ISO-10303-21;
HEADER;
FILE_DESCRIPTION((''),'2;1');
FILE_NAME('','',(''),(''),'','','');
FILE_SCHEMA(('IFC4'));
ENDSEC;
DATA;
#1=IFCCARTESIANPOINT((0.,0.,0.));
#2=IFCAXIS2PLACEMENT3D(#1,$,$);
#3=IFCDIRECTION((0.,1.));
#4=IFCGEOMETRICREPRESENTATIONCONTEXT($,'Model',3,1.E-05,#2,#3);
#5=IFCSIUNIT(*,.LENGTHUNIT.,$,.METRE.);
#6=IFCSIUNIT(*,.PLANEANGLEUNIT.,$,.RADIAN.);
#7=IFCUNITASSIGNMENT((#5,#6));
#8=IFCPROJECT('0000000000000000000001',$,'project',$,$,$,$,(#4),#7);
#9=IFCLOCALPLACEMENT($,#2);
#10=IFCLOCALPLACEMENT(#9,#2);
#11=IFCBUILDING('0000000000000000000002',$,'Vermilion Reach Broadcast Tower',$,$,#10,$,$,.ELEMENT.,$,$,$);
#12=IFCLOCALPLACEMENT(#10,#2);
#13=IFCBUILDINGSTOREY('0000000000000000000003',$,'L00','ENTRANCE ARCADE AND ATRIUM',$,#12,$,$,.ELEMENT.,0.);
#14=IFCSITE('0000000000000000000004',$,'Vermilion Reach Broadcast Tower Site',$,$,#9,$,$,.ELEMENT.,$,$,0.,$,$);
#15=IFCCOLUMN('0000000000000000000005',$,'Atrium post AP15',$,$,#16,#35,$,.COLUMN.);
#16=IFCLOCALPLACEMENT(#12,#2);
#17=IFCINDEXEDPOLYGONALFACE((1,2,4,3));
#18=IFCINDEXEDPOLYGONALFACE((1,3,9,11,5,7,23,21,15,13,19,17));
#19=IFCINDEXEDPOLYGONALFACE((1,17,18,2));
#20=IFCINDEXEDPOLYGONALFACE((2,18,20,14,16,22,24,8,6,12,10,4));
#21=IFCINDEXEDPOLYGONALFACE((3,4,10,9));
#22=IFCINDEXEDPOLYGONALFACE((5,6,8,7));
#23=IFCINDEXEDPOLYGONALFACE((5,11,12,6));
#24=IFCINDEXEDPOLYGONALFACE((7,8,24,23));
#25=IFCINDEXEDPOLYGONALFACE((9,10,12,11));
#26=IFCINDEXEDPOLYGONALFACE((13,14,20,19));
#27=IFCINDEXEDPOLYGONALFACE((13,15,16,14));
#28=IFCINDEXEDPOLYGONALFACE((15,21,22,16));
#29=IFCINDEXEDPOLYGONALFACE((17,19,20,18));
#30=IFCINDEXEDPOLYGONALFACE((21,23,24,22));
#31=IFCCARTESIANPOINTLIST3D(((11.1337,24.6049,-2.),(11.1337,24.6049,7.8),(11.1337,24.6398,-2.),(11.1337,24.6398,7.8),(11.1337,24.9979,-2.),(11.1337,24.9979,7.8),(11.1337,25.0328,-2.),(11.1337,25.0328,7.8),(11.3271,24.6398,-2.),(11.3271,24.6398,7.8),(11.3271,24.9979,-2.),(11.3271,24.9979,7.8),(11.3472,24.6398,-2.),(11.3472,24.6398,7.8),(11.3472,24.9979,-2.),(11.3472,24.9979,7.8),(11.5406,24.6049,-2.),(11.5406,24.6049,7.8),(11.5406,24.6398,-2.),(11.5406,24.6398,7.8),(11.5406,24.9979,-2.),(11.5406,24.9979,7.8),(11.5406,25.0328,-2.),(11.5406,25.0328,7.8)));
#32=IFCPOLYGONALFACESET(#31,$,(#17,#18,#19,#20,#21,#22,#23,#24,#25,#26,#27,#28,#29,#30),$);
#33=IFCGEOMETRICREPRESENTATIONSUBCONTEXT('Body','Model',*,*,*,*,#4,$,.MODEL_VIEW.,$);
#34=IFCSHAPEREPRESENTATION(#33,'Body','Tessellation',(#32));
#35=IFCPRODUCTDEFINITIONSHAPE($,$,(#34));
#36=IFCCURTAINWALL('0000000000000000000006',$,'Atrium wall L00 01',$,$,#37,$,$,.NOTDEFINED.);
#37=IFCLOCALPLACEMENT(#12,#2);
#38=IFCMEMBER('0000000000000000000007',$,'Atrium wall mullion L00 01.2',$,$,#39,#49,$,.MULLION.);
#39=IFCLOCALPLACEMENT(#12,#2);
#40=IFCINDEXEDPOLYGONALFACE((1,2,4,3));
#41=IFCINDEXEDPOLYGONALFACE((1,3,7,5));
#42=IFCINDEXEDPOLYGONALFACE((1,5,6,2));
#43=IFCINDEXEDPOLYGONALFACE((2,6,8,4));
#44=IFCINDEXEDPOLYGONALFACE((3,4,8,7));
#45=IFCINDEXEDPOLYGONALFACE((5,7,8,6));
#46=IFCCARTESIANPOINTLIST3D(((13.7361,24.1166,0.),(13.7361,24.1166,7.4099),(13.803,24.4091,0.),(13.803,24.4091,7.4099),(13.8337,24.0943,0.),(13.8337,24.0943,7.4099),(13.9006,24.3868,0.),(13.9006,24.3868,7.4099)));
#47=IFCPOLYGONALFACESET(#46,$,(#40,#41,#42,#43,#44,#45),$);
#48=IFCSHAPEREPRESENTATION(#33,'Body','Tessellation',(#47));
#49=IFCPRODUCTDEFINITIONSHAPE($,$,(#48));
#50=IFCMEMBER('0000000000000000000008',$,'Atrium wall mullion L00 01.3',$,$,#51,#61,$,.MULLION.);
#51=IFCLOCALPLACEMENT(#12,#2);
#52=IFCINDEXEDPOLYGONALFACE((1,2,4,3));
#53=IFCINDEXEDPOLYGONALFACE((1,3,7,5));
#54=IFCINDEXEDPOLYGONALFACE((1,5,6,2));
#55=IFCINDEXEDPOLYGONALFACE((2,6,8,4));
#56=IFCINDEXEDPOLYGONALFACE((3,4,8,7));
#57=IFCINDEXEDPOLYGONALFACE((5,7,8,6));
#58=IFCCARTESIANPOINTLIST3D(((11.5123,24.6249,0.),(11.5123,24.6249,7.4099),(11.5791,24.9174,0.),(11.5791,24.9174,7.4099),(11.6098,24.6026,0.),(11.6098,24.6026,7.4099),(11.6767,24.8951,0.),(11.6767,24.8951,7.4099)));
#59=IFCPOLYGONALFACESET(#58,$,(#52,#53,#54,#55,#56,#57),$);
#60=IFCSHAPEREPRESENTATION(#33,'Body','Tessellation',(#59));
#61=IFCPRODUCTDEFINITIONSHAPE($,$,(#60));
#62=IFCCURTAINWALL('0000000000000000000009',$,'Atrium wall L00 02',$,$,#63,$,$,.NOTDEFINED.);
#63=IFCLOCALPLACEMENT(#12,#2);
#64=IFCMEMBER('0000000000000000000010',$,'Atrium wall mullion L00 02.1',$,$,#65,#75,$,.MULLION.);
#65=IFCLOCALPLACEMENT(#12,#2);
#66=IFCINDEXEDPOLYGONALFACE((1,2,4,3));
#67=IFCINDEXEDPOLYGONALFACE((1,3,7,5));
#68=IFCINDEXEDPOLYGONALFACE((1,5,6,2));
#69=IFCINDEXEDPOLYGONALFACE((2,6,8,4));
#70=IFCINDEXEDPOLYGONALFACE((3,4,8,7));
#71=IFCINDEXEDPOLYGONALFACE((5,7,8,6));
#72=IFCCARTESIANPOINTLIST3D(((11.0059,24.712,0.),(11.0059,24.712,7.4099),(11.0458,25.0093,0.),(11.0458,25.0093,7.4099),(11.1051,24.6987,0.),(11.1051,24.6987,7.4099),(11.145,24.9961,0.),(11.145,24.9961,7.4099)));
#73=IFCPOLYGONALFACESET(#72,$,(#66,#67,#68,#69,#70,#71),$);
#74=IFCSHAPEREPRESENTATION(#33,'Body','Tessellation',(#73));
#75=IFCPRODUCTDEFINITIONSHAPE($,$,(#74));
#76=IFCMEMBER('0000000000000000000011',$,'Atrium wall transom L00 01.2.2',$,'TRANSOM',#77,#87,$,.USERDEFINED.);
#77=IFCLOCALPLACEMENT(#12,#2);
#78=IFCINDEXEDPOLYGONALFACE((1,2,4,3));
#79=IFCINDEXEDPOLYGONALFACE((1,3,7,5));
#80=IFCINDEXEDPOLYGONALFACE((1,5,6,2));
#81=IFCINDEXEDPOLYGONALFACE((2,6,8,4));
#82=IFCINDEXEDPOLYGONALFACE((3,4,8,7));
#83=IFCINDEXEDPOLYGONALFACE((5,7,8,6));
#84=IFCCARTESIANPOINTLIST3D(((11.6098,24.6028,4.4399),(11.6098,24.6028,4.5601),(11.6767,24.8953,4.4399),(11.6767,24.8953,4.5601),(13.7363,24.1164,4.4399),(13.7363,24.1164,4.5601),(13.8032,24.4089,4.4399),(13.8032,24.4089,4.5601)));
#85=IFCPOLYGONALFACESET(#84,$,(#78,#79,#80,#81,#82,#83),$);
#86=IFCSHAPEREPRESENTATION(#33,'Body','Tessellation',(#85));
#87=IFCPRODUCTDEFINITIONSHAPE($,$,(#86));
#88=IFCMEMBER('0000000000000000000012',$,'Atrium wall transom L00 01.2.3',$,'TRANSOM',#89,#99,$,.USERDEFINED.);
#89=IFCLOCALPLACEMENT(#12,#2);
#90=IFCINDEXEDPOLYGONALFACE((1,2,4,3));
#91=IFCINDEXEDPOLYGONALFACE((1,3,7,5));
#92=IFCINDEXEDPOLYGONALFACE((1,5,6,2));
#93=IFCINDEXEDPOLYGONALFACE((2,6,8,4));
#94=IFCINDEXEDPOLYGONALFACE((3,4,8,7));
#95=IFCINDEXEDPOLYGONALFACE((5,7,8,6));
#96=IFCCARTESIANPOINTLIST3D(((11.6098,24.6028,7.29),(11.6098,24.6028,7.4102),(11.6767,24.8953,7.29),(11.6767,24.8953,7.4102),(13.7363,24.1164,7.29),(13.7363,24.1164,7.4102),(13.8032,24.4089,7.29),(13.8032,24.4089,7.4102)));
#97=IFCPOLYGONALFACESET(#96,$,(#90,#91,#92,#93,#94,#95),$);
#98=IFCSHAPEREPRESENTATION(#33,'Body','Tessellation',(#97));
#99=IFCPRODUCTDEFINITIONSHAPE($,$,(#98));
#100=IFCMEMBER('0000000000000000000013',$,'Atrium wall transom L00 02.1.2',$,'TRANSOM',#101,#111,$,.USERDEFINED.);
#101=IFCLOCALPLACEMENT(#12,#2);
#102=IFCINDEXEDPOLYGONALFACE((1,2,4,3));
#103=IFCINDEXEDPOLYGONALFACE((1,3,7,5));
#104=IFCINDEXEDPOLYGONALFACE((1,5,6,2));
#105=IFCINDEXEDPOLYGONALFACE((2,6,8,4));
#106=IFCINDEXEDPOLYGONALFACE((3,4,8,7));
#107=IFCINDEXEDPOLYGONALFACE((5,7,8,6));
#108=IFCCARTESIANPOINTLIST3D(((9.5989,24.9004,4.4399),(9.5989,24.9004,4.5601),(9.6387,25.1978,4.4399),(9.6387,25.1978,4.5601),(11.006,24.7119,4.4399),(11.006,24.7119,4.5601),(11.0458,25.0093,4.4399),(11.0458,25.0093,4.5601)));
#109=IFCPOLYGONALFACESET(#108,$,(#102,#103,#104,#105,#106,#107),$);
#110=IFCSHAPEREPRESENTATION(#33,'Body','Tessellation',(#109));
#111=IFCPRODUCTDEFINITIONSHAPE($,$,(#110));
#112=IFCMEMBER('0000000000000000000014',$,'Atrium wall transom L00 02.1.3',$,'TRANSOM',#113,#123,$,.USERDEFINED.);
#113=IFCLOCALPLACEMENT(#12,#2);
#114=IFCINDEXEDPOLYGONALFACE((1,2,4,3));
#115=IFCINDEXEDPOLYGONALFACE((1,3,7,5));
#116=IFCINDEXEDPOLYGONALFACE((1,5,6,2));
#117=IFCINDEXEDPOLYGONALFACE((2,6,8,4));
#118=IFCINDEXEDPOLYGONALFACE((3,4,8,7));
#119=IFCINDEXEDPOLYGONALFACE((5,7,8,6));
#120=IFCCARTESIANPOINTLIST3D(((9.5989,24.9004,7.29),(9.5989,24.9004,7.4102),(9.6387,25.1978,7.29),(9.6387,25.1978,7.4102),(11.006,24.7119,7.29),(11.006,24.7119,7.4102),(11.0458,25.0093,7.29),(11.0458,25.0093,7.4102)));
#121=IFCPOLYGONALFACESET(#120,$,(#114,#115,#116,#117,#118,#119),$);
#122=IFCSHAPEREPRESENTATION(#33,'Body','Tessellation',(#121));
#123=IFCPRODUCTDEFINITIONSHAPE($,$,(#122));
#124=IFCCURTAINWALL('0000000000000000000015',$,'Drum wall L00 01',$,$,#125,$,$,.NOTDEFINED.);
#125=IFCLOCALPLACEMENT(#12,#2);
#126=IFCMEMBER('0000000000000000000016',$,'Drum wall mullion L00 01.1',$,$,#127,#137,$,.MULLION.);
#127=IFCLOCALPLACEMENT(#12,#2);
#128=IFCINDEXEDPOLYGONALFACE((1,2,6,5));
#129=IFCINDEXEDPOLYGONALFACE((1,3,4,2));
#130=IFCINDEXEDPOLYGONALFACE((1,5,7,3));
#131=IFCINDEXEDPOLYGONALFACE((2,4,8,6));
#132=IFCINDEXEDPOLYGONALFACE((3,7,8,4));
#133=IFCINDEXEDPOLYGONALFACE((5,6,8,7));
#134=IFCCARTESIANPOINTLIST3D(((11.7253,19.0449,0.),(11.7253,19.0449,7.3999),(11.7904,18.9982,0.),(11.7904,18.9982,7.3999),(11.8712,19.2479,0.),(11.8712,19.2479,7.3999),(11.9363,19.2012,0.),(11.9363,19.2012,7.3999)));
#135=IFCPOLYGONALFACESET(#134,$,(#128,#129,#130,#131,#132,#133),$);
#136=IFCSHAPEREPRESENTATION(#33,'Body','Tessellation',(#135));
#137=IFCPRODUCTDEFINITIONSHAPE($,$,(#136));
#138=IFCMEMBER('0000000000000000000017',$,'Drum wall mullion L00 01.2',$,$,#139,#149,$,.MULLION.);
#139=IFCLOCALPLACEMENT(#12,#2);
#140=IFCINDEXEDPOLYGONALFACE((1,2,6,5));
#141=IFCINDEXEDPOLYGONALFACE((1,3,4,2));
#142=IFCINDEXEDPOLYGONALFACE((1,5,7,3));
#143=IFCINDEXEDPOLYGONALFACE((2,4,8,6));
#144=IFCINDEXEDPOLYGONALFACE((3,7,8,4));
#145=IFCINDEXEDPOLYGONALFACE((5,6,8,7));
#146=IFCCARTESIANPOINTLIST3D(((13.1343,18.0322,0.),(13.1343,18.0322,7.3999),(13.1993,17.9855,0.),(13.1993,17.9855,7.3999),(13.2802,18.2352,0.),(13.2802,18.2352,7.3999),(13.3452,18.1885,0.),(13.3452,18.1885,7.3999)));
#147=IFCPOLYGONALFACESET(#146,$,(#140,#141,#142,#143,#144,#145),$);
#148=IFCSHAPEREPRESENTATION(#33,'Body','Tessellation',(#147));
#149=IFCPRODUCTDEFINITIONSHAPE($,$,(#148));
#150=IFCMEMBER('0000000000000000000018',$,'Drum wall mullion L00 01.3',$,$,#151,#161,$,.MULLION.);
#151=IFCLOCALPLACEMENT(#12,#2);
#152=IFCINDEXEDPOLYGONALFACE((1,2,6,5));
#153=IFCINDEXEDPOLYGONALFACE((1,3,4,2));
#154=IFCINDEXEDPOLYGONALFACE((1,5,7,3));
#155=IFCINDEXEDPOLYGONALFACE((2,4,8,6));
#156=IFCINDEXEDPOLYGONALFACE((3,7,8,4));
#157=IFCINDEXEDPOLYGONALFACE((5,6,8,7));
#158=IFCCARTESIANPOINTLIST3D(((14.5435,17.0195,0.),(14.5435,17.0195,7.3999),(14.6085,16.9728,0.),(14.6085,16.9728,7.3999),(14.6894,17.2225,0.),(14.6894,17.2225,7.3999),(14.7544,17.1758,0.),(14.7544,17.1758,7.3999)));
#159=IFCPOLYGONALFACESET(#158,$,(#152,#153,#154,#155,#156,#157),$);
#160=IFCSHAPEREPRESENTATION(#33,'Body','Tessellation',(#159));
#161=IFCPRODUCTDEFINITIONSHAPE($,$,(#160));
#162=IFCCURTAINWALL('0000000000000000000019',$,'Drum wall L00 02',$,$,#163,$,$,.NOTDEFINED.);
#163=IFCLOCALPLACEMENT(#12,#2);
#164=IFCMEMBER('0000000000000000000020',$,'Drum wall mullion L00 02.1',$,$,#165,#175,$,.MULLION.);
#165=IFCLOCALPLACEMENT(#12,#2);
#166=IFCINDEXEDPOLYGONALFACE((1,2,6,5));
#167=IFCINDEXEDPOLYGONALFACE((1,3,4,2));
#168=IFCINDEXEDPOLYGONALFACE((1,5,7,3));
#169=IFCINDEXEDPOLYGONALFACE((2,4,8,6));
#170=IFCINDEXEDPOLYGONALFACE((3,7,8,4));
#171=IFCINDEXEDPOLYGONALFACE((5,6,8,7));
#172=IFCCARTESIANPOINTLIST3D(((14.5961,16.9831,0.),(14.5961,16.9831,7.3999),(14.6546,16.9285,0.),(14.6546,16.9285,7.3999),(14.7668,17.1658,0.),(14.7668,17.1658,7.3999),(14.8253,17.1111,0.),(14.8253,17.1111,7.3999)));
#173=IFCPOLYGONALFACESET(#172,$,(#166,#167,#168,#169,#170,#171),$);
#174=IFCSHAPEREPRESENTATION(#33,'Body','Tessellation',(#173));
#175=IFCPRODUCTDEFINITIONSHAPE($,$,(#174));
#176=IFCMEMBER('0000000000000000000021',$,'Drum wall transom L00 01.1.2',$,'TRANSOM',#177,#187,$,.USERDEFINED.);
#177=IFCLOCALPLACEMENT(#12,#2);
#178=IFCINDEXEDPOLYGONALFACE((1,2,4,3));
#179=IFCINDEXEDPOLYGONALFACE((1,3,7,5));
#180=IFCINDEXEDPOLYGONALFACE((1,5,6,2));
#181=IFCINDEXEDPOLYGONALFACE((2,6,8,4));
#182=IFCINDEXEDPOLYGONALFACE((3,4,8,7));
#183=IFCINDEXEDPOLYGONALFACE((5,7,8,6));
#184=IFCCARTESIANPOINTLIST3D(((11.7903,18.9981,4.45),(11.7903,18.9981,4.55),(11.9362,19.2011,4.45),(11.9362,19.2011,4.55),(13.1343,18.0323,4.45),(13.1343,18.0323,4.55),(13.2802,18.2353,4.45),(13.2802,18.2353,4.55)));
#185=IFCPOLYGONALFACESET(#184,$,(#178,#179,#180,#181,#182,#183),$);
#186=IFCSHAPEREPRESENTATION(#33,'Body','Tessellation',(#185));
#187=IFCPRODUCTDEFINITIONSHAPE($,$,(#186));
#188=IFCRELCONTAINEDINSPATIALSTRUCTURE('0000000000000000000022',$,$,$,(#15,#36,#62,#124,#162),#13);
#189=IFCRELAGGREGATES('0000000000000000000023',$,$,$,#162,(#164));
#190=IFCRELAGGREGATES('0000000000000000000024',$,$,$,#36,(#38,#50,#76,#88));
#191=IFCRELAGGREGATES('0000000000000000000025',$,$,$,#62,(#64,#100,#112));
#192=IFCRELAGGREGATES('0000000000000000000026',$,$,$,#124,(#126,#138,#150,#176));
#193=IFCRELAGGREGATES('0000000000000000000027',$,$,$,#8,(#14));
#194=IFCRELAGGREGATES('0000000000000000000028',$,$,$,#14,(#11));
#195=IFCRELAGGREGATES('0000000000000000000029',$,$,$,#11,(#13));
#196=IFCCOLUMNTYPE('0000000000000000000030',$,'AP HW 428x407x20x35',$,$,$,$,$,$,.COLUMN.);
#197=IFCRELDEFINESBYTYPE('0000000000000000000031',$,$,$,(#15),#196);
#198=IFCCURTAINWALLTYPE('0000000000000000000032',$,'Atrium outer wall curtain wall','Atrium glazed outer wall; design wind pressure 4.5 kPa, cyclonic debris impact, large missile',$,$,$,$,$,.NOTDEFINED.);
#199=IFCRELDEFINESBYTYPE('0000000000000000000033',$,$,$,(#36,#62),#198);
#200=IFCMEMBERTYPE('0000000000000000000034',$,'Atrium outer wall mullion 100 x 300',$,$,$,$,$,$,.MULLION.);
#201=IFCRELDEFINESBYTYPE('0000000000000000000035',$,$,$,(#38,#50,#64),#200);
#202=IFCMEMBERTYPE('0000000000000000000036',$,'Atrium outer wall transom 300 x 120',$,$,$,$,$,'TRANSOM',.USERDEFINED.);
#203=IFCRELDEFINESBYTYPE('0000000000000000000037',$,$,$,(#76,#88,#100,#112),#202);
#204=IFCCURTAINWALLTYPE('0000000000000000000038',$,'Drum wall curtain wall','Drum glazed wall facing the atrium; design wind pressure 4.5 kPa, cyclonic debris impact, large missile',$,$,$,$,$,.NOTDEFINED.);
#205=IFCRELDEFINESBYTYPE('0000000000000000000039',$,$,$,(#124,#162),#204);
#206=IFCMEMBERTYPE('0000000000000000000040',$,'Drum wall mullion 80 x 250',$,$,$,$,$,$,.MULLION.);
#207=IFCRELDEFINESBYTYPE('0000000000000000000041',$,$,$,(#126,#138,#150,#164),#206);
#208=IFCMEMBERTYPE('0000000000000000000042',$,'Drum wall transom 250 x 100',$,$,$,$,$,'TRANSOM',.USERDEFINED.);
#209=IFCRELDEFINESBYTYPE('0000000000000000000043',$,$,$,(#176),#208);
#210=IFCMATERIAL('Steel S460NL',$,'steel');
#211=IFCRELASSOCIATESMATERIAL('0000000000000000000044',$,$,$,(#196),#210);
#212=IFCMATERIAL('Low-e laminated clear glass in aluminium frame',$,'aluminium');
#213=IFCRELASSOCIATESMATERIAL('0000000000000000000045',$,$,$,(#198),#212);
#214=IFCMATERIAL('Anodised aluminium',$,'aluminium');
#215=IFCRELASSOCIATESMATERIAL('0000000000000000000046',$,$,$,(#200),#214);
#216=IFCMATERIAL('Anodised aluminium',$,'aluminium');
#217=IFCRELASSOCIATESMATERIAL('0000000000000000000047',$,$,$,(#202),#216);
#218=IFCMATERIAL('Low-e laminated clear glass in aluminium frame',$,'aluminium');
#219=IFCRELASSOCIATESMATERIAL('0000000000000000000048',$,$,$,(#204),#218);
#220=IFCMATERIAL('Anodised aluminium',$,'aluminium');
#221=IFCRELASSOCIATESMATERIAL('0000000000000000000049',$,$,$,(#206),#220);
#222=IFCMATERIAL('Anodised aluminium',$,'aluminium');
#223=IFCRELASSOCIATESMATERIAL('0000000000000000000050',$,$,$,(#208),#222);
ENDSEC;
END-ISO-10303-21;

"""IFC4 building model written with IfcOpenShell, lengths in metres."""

from ifc_helpers import new_model, si_unit, direction, frame, origin, origin_2d, place, context, subcontext, project, spatial, rectangle, i_section, extrude, material, material_profile, profile_set, type_object, element, aggregate, save


model = new_model("IFC4")

# Units and contexts
model_context = context("Model", 3, precision=1e-05, world=origin(), true_north=direction((0.0, 1.0)))
body_context = subcontext(model_context, "Body", "Model", "MODEL_VIEW")
ifc_project = project(units=[si_unit("LENGTHUNIT", "METRE"), si_unit("PLANEANGLEUNIT", "RADIAN")], contexts=[model_context])

# Site, building, storey
site_placement = place(None, origin())
site = spatial("IfcSite", under=ifc_project, at=site_placement, Name="Vermilion Reach Broadcast Tower Site", CompositionType="ELEMENT", RefElevation=0.0)
building_placement = place(site_placement, origin())
building = spatial("IfcBuilding", under=site, at=building_placement, Name="Vermilion Reach Broadcast Tower", CompositionType="ELEMENT")
storey_placement = place(building_placement, origin())
storey = spatial("IfcBuildingStorey", under=building, at=storey_placement, Name="L00", Description="ENTRANCE ARCADE AND ATRIUM", CompositionType="ELEMENT", Elevation=0.0)

# Column
ifc_material_1 = material(Name="Steel S460NL", Category="steel")
ifc_material_profile_1 = material_profile(ifc_material_1, i_section(OverallWidth=0.407, OverallDepth=0.428, WebThickness=0.02, FlangeThickness=0.0349, at=origin_2d()), Name="S460NL HW 428x407x20x35")
ifc_profile_set_1 = profile_set([ifc_material_profile_1], Name="Steel S460NL")
column_type = type_object("IfcColumnType", Name="AP HW 428x407x20x35", PredefinedType="COLUMN", material=ifc_profile_set_1)
column_placement = place(storey_placement, frame((11.3372, 24.8188, -2.0), z_axis=(0.0, 0.0, 1.0), x_axis=(1.0, 0.0, 0.0)))
element("IfcColumn", 1, at=column_placement, inside=storey, type_object=column_type, Name="Atrium post AP15", PredefinedType="COLUMN", context=body_context, shape_type="SweptSolid", body=[
    extrude(i_section(OverallWidth=0.407, OverallDepth=0.428, WebThickness=0.02, FlangeThickness=0.0349, at=origin_2d()), origin(), (0.0, 0.0, 1.0), 9.8),
])

# Curtain wall, members
ifc_material_2 = material(Name="Low-e laminated clear glass in aluminium frame", Category="aluminium")
curtain_wall_type_1 = type_object("IfcCurtainWallType", Name="Atrium outer wall curtain wall", Description="Atrium glazed outer wall; design wind pressure 4.5 kPa, cyclonic debris impact, large missile", PredefinedType="NOTDEFINED", material=ifc_material_2)
placement = place(storey_placement, origin())
curtain_wall_1 = element("IfcCurtainWall", 2, at=placement, inside=storey, type_object=curtain_wall_type_1, Name="Atrium wall L00 01", PredefinedType="NOTDEFINED")
ifc_material_3 = material(Name="Anodised aluminium", Category="aluminium")
ifc_material_profile_2 = material_profile(ifc_material_3, rectangle(XDim=0.3, YDim=0.1001, at=origin_2d()), Name="Atrium outer wall mullion 100 x 300")
ifc_profile_set_2 = profile_set([ifc_material_profile_2], Name="Anodised aluminium")
member_type_1 = type_object("IfcMemberType", Name="Atrium outer wall mullion 100 x 300", PredefinedType="MULLION", material=ifc_profile_set_2)
member_1_placement = place(storey_placement, frame((13.8184, 24.2517, 0.0), z_axis=(0.0, 0.0, 1.0), x_axis=(-0.222892, -0.974843, 0.0)))
member_1 = element("IfcMember", 3, at=member_1_placement, type_object=member_type_1, Name="Atrium wall mullion L00 01.2", PredefinedType="MULLION", context=body_context, shape_type="SweptSolid", body=[
    extrude(rectangle(XDim=0.3, YDim=0.1001, at=origin_2d()), origin(), (0.0, 0.0, 1.0), 7.4099),
])
member_2_placement = place(storey_placement, frame((11.5945, 24.76, 0.0), z_axis=(0.0, 0.0, 1.0), x_axis=(-0.222892, -0.974843, 0.0)))
member_2 = element("IfcMember", 4, at=member_2_placement, type_object=member_type_1, Name="Atrium wall mullion L00 01.3", PredefinedType="MULLION", context=body_context, shape_type="SweptSolid", body=[
    extrude(rectangle(XDim=0.3, YDim=0.1001, at=origin_2d()), origin(), (0.0, 0.0, 1.0), 7.4099),
])

# Curtain wall, member
curtain_wall_2 = element("IfcCurtainWall", 5, at=placement, inside=storey, type_object=curtain_wall_type_1, Name="Atrium wall L00 02", PredefinedType="NOTDEFINED")
member_3_placement = place(storey_placement, frame((11.0754, 24.854, 0.0), z_axis=(0.0, 0.0, 1.0), x_axis=(-0.132794, -0.991144, 0.0)))
member_3 = element("IfcMember", 6, at=member_3_placement, type_object=member_type_1, Name="Atrium wall mullion L00 02.1", PredefinedType="MULLION", context=body_context, shape_type="SweptSolid", body=[
    extrude(rectangle(XDim=0.3, YDim=0.1001, at=origin_2d()), origin(), (0.0, 0.0, 1.0), 7.4099),
])

# Members
ifc_material_4 = material(Name="Anodised aluminium", Category="aluminium")
ifc_material_profile_3 = material_profile(ifc_material_4, rectangle(XDim=0.3, YDim=0.1201, at=origin_2d()), Name="Atrium outer wall transom 300 x 120")
ifc_profile_set_3 = profile_set([ifc_material_profile_3], Name="Anodised aluminium")
member_type_2 = type_object("IfcMemberType", Name="Atrium outer wall transom 300 x 120", ElementType="TRANSOM", PredefinedType="USERDEFINED", material=ifc_profile_set_3)
member_4_placement = place(storey_placement, frame((13.7698, 24.2627, 4.5), z_axis=(-0.974831, 0.222946, 0.0), x_axis=(-0.222946, -0.974831, 0.0)))
member_4 = element("IfcMember", 7, at=member_4_placement, type_object=member_type_2, Name="Atrium wall transom L00 01.2.2", ObjectType="TRANSOM", PredefinedType="USERDEFINED", context=body_context, shape_type="SweptSolid", body=[
    extrude(rectangle(XDim=0.3, YDim=0.1201, at=origin_2d()), origin(), (0.0, 0.0, 1.0), 2.1814),
])
member_5_placement = place(storey_placement, frame((13.7698, 24.2627, 7.3501), z_axis=(-0.974831, 0.222946, 0.0), x_axis=(-0.222946, -0.974831, 0.0)))
member_5 = element("IfcMember", 8, at=member_5_placement, type_object=member_type_2, Name="Atrium wall transom L00 01.2.3", ObjectType="TRANSOM", PredefinedType="USERDEFINED", context=body_context, shape_type="SweptSolid", body=[
    extrude(rectangle(XDim=0.3, YDim=0.1201, at=origin_2d()), origin(), (0.0, 0.0, 1.0), 2.1814),
])
member_6_placement = place(storey_placement, frame((11.0259, 24.8606, 4.5), z_axis=(-0.99115, 0.132749, 0.0), x_axis=(-0.132749, -0.99115, 0.0)))
member_6 = element("IfcMember", 9, at=member_6_placement, type_object=member_type_2, Name="Atrium wall transom L00 02.1.2", ObjectType="TRANSOM", PredefinedType="USERDEFINED", context=body_context, shape_type="SweptSolid", body=[
    extrude(rectangle(XDim=0.3, YDim=0.1201, at=origin_2d()), origin(), (0.0, 0.0, 1.0), 1.4197),
])
member_7_placement = place(storey_placement, frame((11.0259, 24.8606, 7.3501), z_axis=(-0.99115, 0.132749, 0.0), x_axis=(-0.132749, -0.99115, 0.0)))
member_7 = element("IfcMember", 10, at=member_7_placement, type_object=member_type_2, Name="Atrium wall transom L00 02.1.3", ObjectType="TRANSOM", PredefinedType="USERDEFINED", context=body_context, shape_type="SweptSolid", body=[
    extrude(rectangle(XDim=0.3, YDim=0.1201, at=origin_2d()), origin(), (0.0, 0.0, 1.0), 1.4197),
])

# Curtain wall, members
ifc_material_5 = material(Name="Low-e laminated clear glass in aluminium frame", Category="aluminium")
curtain_wall_type_2 = type_object("IfcCurtainWallType", Name="Drum wall curtain wall", Description="Drum glazed wall facing the atrium; design wind pressure 4.5 kPa, cyclonic debris impact, large missile", PredefinedType="NOTDEFINED", material=ifc_material_5)
curtain_wall_3 = element("IfcCurtainWall", 11, at=placement, inside=storey, type_object=curtain_wall_type_2, Name="Drum wall L00 01", PredefinedType="NOTDEFINED")
ifc_material_6 = material(Name="Anodised aluminium", Category="aluminium")
ifc_material_profile_4 = material_profile(ifc_material_6, rectangle(XDim=0.25, YDim=0.0801, at=origin_2d()), Name="Drum wall mullion 80 x 250")
ifc_profile_set_4 = profile_set([ifc_material_profile_4], Name="Anodised aluminium")
member_type_3 = type_object("IfcMemberType", Name="Drum wall mullion 80 x 250", PredefinedType="MULLION", material=ifc_profile_set_4)
member_8_placement = place(storey_placement, frame((11.8308, 19.123, 0.0), z_axis=(0.0, 0.0, 1.0), x_axis=(0.583587, 0.812051, 0.0)))
member_8 = element("IfcMember", 12, at=member_8_placement, type_object=member_type_3, Name="Drum wall mullion L00 01.1", PredefinedType="MULLION", context=body_context, shape_type="SweptSolid", body=[
    extrude(rectangle(XDim=0.25, YDim=0.0801, at=origin_2d()), origin(), (0.0, 0.0, 1.0), 7.3999),
])
member_9_placement = place(storey_placement, frame((13.2397, 18.1104, 0.0), z_axis=(0.0, 0.0, 1.0), x_axis=(0.583587, 0.812051, 0.0)))
member_9 = element("IfcMember", 13, at=member_9_placement, type_object=member_type_3, Name="Drum wall mullion L00 01.2", PredefinedType="MULLION", context=body_context, shape_type="SweptSolid", body=[
    extrude(rectangle(XDim=0.25, YDim=0.0801, at=origin_2d()), origin(), (0.0, 0.0, 1.0), 7.3999),
])
member_10_placement = place(storey_placement, frame((14.6489, 17.0977, 0.0), z_axis=(0.0, 0.0, 1.0), x_axis=(0.583587, 0.812051, 0.0)))
member_10 = element("IfcMember", 14, at=member_10_placement, type_object=member_type_3, Name="Drum wall mullion L00 01.3", PredefinedType="MULLION", context=body_context, shape_type="SweptSolid", body=[
    extrude(rectangle(XDim=0.25, YDim=0.0801, at=origin_2d()), origin(), (0.0, 0.0, 1.0), 7.3999),
])

# Curtain wall, member
curtain_wall_4 = element("IfcCurtainWall", 15, at=placement, inside=storey, type_object=curtain_wall_type_2, Name="Drum wall L00 02", PredefinedType="NOTDEFINED")
member_11_placement = place(storey_placement, frame((14.7107, 17.0471, 0.0), z_axis=(0.0, 0.0, 1.0), x_axis=(0.682748, 0.730654, 0.0)))
member_11 = element("IfcMember", 16, at=member_11_placement, type_object=member_type_3, Name="Drum wall mullion L00 02.1", PredefinedType="MULLION", context=body_context, shape_type="SweptSolid", body=[
    extrude(rectangle(XDim=0.25, YDim=0.0801, at=origin_2d()), origin(), (0.0, 0.0, 1.0), 7.3999),
])

# Member
ifc_material_7 = material(Name="Anodised aluminium", Category="aluminium")
ifc_material_profile_5 = material_profile(ifc_material_7, rectangle(XDim=0.25, YDim=0.1001, at=origin_2d()), Name="Drum wall transom 250 x 100")
ifc_profile_set_5 = profile_set([ifc_material_profile_5], Name="Anodised aluminium")
member_type_4 = type_object("IfcMemberType", Name="Drum wall transom 250 x 100", ElementType="TRANSOM", PredefinedType="USERDEFINED", material=ifc_profile_set_5)
member_12_placement = place(storey_placement, frame((11.8633, 19.0996, 4.5), z_axis=(0.812066, -0.583566, 0.0), x_axis=(0.583566, 0.812066, 0.0)))
member_12 = element("IfcMember", 17, at=member_12_placement, type_object=member_type_4, Name="Drum wall transom L00 01.1.2", ObjectType="TRANSOM", PredefinedType="USERDEFINED", context=body_context, shape_type="SweptSolid", body=[
    extrude(rectangle(XDim=0.25, YDim=0.1001, at=origin_2d()), origin(), (0.0, 0.0, 1.0), 1.655),
])
aggregate(curtain_wall_4, [member_11])

aggregate(curtain_wall_1, [member_1, member_2, member_4, member_5])
aggregate(curtain_wall_2, [member_3, member_6, member_7])
aggregate(curtain_wall_3, [member_8, member_9, member_10, member_12])

save(model, "model.ifc")
